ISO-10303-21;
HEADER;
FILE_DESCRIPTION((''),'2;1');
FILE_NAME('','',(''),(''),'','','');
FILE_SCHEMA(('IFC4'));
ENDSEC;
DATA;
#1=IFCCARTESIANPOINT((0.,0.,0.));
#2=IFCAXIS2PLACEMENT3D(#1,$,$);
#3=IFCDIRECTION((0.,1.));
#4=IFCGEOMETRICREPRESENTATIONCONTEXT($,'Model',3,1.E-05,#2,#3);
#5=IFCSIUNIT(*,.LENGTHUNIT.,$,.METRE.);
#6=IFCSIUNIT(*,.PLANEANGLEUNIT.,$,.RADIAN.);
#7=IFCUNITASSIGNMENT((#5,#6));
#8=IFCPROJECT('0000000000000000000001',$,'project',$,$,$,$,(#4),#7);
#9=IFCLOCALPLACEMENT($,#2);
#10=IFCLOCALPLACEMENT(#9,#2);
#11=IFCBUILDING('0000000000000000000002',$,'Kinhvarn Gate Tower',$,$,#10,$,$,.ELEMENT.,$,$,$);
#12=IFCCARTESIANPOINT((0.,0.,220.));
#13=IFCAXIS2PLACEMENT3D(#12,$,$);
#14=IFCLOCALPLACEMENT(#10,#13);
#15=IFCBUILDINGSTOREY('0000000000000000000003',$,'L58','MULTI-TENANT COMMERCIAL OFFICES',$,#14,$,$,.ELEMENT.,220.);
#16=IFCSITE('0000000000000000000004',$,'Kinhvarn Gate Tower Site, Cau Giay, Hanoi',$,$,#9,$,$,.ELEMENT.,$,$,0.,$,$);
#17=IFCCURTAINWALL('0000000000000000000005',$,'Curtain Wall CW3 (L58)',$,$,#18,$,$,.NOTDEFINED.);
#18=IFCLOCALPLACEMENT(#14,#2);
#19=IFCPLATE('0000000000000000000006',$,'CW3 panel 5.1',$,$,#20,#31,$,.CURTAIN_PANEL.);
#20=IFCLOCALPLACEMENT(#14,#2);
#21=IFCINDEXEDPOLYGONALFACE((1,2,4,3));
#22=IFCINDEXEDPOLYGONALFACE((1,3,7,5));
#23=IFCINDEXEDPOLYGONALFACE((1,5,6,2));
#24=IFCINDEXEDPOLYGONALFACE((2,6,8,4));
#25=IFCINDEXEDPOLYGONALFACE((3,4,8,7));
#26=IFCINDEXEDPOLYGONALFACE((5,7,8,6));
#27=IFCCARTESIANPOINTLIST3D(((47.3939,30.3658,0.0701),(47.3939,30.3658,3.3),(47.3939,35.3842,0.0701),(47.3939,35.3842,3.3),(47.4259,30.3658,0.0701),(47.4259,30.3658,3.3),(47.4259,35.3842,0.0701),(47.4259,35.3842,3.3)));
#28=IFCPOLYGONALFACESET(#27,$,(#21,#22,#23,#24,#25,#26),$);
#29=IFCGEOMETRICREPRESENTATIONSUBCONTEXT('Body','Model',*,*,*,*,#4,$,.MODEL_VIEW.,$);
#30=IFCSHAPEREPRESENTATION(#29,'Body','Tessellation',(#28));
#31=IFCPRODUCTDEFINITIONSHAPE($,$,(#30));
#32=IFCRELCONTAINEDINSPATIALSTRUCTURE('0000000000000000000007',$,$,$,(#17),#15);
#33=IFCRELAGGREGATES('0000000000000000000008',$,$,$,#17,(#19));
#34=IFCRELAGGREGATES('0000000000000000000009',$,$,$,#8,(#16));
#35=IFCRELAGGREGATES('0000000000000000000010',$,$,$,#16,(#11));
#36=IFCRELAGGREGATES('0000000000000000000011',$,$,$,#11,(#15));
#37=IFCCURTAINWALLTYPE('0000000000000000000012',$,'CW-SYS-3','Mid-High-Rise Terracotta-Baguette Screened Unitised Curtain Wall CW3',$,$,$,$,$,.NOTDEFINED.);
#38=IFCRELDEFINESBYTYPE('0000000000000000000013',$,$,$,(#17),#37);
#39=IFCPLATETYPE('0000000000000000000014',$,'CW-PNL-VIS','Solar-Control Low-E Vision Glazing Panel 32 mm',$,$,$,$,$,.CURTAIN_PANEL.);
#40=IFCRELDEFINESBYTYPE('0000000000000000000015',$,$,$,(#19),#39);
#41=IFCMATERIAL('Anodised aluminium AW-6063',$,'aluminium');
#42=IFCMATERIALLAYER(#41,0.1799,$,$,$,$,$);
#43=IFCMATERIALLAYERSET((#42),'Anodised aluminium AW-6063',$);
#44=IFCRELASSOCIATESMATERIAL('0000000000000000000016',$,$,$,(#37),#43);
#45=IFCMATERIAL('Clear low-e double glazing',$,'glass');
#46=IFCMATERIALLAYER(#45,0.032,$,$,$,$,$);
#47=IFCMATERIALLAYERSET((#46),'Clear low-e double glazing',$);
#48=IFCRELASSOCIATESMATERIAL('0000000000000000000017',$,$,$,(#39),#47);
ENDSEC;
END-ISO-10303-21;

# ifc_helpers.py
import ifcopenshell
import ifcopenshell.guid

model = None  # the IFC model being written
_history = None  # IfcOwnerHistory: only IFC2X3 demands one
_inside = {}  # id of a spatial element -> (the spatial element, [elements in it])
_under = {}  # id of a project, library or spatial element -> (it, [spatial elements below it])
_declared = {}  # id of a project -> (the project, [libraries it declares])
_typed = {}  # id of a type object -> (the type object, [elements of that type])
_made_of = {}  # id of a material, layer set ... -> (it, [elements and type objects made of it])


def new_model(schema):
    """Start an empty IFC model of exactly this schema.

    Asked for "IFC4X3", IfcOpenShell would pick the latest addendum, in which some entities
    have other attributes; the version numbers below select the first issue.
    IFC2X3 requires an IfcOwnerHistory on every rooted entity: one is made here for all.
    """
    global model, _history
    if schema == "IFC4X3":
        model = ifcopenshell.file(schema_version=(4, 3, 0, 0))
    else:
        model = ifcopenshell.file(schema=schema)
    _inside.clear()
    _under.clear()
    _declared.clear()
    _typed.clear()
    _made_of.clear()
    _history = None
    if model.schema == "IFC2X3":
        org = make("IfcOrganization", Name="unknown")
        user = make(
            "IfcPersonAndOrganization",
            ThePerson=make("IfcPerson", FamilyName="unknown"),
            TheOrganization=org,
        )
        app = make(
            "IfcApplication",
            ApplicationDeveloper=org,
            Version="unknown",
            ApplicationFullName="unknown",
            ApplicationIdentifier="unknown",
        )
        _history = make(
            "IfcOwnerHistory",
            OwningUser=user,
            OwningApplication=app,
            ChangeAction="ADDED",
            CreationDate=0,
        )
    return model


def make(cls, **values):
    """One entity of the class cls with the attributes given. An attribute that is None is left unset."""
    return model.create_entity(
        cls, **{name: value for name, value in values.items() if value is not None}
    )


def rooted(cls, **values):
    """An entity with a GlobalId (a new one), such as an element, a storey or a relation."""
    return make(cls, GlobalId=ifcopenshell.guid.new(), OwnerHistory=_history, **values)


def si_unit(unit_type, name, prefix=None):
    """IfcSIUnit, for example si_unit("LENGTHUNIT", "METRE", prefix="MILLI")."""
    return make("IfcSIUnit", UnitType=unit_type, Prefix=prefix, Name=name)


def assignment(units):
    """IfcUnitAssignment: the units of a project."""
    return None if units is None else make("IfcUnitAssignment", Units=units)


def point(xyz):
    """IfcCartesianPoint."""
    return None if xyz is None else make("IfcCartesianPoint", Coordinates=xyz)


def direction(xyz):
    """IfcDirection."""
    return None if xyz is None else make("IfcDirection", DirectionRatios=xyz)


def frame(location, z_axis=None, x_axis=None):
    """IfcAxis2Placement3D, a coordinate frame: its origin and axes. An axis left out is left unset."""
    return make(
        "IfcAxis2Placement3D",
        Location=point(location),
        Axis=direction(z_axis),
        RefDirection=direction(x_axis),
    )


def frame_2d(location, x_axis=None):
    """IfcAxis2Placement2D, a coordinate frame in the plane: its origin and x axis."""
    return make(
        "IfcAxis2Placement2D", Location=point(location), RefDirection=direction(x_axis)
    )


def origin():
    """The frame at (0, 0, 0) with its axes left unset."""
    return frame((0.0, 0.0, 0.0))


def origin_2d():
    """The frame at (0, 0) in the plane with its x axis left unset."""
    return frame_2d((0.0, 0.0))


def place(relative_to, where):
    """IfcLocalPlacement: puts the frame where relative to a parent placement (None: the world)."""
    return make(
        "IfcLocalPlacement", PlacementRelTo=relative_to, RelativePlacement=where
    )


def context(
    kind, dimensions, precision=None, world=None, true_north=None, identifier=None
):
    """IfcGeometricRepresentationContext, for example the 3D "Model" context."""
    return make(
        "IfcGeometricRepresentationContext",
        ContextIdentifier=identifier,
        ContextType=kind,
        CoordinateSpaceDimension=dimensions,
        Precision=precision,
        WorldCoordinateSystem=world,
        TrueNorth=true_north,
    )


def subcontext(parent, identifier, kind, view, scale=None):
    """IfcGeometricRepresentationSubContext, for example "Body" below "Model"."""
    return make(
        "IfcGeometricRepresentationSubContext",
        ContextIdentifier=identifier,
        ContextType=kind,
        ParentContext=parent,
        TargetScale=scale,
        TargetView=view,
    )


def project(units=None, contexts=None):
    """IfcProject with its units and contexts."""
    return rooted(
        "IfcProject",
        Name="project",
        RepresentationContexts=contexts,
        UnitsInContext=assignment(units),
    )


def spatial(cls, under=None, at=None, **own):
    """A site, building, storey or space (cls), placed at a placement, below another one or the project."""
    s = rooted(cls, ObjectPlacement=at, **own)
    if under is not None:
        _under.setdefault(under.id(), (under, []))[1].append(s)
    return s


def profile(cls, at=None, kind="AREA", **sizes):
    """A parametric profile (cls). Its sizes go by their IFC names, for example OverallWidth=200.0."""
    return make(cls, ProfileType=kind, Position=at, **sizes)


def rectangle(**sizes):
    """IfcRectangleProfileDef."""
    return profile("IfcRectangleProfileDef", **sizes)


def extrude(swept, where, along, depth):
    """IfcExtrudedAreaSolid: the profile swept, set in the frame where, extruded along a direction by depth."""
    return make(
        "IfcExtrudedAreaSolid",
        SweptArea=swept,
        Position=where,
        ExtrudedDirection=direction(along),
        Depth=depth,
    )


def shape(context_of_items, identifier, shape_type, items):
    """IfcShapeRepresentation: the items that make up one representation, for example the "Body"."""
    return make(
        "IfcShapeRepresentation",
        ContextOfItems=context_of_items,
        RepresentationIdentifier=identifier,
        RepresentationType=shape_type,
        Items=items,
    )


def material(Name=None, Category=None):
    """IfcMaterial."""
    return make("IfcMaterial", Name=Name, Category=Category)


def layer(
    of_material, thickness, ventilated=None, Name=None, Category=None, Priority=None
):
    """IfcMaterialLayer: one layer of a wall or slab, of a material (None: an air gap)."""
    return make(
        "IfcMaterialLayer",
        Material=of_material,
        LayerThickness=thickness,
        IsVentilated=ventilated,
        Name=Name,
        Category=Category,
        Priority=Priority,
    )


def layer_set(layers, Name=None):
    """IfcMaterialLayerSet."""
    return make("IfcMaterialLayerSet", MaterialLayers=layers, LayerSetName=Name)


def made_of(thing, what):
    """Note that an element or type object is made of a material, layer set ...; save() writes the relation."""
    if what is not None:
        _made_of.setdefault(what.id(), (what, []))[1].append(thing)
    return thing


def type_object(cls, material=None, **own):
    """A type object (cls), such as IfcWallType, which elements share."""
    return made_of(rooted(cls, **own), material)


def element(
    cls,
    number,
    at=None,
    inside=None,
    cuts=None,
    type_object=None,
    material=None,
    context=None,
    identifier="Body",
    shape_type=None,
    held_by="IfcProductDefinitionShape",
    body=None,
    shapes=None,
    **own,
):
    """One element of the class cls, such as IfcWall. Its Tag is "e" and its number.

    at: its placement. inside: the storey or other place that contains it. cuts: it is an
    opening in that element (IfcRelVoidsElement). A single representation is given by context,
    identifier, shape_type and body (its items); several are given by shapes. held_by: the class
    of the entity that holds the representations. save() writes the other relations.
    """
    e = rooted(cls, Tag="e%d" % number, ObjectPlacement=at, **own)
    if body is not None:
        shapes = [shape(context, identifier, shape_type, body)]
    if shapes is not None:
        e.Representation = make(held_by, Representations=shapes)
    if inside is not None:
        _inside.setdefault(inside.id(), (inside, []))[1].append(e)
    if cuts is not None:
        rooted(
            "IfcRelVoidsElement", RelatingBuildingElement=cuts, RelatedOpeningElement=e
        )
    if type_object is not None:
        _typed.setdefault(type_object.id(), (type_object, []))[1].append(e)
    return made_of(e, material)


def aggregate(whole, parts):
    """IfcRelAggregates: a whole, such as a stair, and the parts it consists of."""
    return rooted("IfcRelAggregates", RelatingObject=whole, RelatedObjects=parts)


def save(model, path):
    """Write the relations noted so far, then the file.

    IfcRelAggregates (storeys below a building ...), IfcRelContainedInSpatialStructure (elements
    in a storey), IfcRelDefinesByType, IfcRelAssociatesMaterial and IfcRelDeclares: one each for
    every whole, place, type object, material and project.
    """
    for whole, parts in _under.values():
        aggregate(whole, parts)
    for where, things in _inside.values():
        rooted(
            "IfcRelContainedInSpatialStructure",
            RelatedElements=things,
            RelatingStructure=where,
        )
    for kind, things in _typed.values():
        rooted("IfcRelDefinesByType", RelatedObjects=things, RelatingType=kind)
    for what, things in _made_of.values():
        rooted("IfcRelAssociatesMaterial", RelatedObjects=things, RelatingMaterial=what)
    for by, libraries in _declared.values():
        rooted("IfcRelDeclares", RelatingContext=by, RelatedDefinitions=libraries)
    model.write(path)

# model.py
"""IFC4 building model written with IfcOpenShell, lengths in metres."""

from ifc_helpers import new_model, si_unit, direction, frame, origin, origin_2d, place, context, subcontext, project, spatial, rectangle, extrude, material, layer, layer_set, type_object, element, aggregate, save


model = new_model("IFC4")

# Units and contexts
model_context = context("Model", 3, precision=1e-05, world=origin(), true_north=direction((0.0, 1.0)))
body_context = subcontext(model_context, "Body", "Model", "MODEL_VIEW")
ifc_project = project(units=[si_unit("LENGTHUNIT", "METRE"), si_unit("PLANEANGLEUNIT", "RADIAN")], contexts=[model_context])

# Site, building, storey
site_placement = place(None, origin())
site = spatial("IfcSite", under=ifc_project, at=site_placement, Name="Kinhvarn Gate Tower Site, Cau Giay, Hanoi", CompositionType="ELEMENT", RefElevation=0.0)
building_placement = place(site_placement, origin())
building = spatial("IfcBuilding", under=site, at=building_placement, Name="Kinhvarn Gate Tower", CompositionType="ELEMENT")
storey_placement = place(building_placement, frame((0.0, 0.0, 220.0)))
storey = spatial("IfcBuildingStorey", under=building, at=storey_placement, Name="L58", Description="MULTI-TENANT COMMERCIAL OFFICES", CompositionType="ELEMENT", Elevation=220.0)

# Curtain wall
ifc_material_1 = material(Name="Anodised aluminium AW-6063", Category="aluminium")
ifc_layer_1 = layer(ifc_material_1, 0.1799)
ifc_layer_set_1 = layer_set([ifc_layer_1], Name="Anodised aluminium AW-6063")
curtain_wall_type = type_object("IfcCurtainWallType", Name="CW-SYS-3", Description="Mid-High-Rise Terracotta-Baguette Screened Unitised Curtain Wall CW3", PredefinedType="NOTDEFINED", material=ifc_layer_set_1)
curtain_wall_placement = place(storey_placement, origin())
curtain_wall = element("IfcCurtainWall", 1, at=curtain_wall_placement, inside=storey, type_object=curtain_wall_type, Name="Curtain Wall CW3 (L58)", PredefinedType="NOTDEFINED")

# Plate
ifc_material_2 = material(Name="Clear low-e double glazing", Category="glass")
ifc_layer_2 = layer(ifc_material_2, 0.032)
ifc_layer_set_2 = layer_set([ifc_layer_2], Name="Clear low-e double glazing")
plate_type = type_object("IfcPlateType", Name="CW-PNL-VIS", Description="Solar-Control Low-E Vision Glazing Panel 32 mm", PredefinedType="CURTAIN_PANEL", material=ifc_layer_set_2)
plate_1_placement = place(storey_placement, frame((47.4099, 32.875, 0.0701), z_axis=(0.0, 0.0, 1.0), x_axis=(0.0, 1.0, 0.0)))
plate_1 = element("IfcPlate", 2, at=plate_1_placement, type_object=plate_type, Name="CW3 panel 5.1", PredefinedType="CURTAIN_PANEL", context=body_context, shape_type="SweptSolid", body=[
    extrude(rectangle(XDim=5.0183, YDim=0.032, at=origin_2d()), origin(), (0.0, 0.0, 1.0), 3.23),
])
aggregate(curtain_wall, [plate_1])

save(model, "model.ifc")
